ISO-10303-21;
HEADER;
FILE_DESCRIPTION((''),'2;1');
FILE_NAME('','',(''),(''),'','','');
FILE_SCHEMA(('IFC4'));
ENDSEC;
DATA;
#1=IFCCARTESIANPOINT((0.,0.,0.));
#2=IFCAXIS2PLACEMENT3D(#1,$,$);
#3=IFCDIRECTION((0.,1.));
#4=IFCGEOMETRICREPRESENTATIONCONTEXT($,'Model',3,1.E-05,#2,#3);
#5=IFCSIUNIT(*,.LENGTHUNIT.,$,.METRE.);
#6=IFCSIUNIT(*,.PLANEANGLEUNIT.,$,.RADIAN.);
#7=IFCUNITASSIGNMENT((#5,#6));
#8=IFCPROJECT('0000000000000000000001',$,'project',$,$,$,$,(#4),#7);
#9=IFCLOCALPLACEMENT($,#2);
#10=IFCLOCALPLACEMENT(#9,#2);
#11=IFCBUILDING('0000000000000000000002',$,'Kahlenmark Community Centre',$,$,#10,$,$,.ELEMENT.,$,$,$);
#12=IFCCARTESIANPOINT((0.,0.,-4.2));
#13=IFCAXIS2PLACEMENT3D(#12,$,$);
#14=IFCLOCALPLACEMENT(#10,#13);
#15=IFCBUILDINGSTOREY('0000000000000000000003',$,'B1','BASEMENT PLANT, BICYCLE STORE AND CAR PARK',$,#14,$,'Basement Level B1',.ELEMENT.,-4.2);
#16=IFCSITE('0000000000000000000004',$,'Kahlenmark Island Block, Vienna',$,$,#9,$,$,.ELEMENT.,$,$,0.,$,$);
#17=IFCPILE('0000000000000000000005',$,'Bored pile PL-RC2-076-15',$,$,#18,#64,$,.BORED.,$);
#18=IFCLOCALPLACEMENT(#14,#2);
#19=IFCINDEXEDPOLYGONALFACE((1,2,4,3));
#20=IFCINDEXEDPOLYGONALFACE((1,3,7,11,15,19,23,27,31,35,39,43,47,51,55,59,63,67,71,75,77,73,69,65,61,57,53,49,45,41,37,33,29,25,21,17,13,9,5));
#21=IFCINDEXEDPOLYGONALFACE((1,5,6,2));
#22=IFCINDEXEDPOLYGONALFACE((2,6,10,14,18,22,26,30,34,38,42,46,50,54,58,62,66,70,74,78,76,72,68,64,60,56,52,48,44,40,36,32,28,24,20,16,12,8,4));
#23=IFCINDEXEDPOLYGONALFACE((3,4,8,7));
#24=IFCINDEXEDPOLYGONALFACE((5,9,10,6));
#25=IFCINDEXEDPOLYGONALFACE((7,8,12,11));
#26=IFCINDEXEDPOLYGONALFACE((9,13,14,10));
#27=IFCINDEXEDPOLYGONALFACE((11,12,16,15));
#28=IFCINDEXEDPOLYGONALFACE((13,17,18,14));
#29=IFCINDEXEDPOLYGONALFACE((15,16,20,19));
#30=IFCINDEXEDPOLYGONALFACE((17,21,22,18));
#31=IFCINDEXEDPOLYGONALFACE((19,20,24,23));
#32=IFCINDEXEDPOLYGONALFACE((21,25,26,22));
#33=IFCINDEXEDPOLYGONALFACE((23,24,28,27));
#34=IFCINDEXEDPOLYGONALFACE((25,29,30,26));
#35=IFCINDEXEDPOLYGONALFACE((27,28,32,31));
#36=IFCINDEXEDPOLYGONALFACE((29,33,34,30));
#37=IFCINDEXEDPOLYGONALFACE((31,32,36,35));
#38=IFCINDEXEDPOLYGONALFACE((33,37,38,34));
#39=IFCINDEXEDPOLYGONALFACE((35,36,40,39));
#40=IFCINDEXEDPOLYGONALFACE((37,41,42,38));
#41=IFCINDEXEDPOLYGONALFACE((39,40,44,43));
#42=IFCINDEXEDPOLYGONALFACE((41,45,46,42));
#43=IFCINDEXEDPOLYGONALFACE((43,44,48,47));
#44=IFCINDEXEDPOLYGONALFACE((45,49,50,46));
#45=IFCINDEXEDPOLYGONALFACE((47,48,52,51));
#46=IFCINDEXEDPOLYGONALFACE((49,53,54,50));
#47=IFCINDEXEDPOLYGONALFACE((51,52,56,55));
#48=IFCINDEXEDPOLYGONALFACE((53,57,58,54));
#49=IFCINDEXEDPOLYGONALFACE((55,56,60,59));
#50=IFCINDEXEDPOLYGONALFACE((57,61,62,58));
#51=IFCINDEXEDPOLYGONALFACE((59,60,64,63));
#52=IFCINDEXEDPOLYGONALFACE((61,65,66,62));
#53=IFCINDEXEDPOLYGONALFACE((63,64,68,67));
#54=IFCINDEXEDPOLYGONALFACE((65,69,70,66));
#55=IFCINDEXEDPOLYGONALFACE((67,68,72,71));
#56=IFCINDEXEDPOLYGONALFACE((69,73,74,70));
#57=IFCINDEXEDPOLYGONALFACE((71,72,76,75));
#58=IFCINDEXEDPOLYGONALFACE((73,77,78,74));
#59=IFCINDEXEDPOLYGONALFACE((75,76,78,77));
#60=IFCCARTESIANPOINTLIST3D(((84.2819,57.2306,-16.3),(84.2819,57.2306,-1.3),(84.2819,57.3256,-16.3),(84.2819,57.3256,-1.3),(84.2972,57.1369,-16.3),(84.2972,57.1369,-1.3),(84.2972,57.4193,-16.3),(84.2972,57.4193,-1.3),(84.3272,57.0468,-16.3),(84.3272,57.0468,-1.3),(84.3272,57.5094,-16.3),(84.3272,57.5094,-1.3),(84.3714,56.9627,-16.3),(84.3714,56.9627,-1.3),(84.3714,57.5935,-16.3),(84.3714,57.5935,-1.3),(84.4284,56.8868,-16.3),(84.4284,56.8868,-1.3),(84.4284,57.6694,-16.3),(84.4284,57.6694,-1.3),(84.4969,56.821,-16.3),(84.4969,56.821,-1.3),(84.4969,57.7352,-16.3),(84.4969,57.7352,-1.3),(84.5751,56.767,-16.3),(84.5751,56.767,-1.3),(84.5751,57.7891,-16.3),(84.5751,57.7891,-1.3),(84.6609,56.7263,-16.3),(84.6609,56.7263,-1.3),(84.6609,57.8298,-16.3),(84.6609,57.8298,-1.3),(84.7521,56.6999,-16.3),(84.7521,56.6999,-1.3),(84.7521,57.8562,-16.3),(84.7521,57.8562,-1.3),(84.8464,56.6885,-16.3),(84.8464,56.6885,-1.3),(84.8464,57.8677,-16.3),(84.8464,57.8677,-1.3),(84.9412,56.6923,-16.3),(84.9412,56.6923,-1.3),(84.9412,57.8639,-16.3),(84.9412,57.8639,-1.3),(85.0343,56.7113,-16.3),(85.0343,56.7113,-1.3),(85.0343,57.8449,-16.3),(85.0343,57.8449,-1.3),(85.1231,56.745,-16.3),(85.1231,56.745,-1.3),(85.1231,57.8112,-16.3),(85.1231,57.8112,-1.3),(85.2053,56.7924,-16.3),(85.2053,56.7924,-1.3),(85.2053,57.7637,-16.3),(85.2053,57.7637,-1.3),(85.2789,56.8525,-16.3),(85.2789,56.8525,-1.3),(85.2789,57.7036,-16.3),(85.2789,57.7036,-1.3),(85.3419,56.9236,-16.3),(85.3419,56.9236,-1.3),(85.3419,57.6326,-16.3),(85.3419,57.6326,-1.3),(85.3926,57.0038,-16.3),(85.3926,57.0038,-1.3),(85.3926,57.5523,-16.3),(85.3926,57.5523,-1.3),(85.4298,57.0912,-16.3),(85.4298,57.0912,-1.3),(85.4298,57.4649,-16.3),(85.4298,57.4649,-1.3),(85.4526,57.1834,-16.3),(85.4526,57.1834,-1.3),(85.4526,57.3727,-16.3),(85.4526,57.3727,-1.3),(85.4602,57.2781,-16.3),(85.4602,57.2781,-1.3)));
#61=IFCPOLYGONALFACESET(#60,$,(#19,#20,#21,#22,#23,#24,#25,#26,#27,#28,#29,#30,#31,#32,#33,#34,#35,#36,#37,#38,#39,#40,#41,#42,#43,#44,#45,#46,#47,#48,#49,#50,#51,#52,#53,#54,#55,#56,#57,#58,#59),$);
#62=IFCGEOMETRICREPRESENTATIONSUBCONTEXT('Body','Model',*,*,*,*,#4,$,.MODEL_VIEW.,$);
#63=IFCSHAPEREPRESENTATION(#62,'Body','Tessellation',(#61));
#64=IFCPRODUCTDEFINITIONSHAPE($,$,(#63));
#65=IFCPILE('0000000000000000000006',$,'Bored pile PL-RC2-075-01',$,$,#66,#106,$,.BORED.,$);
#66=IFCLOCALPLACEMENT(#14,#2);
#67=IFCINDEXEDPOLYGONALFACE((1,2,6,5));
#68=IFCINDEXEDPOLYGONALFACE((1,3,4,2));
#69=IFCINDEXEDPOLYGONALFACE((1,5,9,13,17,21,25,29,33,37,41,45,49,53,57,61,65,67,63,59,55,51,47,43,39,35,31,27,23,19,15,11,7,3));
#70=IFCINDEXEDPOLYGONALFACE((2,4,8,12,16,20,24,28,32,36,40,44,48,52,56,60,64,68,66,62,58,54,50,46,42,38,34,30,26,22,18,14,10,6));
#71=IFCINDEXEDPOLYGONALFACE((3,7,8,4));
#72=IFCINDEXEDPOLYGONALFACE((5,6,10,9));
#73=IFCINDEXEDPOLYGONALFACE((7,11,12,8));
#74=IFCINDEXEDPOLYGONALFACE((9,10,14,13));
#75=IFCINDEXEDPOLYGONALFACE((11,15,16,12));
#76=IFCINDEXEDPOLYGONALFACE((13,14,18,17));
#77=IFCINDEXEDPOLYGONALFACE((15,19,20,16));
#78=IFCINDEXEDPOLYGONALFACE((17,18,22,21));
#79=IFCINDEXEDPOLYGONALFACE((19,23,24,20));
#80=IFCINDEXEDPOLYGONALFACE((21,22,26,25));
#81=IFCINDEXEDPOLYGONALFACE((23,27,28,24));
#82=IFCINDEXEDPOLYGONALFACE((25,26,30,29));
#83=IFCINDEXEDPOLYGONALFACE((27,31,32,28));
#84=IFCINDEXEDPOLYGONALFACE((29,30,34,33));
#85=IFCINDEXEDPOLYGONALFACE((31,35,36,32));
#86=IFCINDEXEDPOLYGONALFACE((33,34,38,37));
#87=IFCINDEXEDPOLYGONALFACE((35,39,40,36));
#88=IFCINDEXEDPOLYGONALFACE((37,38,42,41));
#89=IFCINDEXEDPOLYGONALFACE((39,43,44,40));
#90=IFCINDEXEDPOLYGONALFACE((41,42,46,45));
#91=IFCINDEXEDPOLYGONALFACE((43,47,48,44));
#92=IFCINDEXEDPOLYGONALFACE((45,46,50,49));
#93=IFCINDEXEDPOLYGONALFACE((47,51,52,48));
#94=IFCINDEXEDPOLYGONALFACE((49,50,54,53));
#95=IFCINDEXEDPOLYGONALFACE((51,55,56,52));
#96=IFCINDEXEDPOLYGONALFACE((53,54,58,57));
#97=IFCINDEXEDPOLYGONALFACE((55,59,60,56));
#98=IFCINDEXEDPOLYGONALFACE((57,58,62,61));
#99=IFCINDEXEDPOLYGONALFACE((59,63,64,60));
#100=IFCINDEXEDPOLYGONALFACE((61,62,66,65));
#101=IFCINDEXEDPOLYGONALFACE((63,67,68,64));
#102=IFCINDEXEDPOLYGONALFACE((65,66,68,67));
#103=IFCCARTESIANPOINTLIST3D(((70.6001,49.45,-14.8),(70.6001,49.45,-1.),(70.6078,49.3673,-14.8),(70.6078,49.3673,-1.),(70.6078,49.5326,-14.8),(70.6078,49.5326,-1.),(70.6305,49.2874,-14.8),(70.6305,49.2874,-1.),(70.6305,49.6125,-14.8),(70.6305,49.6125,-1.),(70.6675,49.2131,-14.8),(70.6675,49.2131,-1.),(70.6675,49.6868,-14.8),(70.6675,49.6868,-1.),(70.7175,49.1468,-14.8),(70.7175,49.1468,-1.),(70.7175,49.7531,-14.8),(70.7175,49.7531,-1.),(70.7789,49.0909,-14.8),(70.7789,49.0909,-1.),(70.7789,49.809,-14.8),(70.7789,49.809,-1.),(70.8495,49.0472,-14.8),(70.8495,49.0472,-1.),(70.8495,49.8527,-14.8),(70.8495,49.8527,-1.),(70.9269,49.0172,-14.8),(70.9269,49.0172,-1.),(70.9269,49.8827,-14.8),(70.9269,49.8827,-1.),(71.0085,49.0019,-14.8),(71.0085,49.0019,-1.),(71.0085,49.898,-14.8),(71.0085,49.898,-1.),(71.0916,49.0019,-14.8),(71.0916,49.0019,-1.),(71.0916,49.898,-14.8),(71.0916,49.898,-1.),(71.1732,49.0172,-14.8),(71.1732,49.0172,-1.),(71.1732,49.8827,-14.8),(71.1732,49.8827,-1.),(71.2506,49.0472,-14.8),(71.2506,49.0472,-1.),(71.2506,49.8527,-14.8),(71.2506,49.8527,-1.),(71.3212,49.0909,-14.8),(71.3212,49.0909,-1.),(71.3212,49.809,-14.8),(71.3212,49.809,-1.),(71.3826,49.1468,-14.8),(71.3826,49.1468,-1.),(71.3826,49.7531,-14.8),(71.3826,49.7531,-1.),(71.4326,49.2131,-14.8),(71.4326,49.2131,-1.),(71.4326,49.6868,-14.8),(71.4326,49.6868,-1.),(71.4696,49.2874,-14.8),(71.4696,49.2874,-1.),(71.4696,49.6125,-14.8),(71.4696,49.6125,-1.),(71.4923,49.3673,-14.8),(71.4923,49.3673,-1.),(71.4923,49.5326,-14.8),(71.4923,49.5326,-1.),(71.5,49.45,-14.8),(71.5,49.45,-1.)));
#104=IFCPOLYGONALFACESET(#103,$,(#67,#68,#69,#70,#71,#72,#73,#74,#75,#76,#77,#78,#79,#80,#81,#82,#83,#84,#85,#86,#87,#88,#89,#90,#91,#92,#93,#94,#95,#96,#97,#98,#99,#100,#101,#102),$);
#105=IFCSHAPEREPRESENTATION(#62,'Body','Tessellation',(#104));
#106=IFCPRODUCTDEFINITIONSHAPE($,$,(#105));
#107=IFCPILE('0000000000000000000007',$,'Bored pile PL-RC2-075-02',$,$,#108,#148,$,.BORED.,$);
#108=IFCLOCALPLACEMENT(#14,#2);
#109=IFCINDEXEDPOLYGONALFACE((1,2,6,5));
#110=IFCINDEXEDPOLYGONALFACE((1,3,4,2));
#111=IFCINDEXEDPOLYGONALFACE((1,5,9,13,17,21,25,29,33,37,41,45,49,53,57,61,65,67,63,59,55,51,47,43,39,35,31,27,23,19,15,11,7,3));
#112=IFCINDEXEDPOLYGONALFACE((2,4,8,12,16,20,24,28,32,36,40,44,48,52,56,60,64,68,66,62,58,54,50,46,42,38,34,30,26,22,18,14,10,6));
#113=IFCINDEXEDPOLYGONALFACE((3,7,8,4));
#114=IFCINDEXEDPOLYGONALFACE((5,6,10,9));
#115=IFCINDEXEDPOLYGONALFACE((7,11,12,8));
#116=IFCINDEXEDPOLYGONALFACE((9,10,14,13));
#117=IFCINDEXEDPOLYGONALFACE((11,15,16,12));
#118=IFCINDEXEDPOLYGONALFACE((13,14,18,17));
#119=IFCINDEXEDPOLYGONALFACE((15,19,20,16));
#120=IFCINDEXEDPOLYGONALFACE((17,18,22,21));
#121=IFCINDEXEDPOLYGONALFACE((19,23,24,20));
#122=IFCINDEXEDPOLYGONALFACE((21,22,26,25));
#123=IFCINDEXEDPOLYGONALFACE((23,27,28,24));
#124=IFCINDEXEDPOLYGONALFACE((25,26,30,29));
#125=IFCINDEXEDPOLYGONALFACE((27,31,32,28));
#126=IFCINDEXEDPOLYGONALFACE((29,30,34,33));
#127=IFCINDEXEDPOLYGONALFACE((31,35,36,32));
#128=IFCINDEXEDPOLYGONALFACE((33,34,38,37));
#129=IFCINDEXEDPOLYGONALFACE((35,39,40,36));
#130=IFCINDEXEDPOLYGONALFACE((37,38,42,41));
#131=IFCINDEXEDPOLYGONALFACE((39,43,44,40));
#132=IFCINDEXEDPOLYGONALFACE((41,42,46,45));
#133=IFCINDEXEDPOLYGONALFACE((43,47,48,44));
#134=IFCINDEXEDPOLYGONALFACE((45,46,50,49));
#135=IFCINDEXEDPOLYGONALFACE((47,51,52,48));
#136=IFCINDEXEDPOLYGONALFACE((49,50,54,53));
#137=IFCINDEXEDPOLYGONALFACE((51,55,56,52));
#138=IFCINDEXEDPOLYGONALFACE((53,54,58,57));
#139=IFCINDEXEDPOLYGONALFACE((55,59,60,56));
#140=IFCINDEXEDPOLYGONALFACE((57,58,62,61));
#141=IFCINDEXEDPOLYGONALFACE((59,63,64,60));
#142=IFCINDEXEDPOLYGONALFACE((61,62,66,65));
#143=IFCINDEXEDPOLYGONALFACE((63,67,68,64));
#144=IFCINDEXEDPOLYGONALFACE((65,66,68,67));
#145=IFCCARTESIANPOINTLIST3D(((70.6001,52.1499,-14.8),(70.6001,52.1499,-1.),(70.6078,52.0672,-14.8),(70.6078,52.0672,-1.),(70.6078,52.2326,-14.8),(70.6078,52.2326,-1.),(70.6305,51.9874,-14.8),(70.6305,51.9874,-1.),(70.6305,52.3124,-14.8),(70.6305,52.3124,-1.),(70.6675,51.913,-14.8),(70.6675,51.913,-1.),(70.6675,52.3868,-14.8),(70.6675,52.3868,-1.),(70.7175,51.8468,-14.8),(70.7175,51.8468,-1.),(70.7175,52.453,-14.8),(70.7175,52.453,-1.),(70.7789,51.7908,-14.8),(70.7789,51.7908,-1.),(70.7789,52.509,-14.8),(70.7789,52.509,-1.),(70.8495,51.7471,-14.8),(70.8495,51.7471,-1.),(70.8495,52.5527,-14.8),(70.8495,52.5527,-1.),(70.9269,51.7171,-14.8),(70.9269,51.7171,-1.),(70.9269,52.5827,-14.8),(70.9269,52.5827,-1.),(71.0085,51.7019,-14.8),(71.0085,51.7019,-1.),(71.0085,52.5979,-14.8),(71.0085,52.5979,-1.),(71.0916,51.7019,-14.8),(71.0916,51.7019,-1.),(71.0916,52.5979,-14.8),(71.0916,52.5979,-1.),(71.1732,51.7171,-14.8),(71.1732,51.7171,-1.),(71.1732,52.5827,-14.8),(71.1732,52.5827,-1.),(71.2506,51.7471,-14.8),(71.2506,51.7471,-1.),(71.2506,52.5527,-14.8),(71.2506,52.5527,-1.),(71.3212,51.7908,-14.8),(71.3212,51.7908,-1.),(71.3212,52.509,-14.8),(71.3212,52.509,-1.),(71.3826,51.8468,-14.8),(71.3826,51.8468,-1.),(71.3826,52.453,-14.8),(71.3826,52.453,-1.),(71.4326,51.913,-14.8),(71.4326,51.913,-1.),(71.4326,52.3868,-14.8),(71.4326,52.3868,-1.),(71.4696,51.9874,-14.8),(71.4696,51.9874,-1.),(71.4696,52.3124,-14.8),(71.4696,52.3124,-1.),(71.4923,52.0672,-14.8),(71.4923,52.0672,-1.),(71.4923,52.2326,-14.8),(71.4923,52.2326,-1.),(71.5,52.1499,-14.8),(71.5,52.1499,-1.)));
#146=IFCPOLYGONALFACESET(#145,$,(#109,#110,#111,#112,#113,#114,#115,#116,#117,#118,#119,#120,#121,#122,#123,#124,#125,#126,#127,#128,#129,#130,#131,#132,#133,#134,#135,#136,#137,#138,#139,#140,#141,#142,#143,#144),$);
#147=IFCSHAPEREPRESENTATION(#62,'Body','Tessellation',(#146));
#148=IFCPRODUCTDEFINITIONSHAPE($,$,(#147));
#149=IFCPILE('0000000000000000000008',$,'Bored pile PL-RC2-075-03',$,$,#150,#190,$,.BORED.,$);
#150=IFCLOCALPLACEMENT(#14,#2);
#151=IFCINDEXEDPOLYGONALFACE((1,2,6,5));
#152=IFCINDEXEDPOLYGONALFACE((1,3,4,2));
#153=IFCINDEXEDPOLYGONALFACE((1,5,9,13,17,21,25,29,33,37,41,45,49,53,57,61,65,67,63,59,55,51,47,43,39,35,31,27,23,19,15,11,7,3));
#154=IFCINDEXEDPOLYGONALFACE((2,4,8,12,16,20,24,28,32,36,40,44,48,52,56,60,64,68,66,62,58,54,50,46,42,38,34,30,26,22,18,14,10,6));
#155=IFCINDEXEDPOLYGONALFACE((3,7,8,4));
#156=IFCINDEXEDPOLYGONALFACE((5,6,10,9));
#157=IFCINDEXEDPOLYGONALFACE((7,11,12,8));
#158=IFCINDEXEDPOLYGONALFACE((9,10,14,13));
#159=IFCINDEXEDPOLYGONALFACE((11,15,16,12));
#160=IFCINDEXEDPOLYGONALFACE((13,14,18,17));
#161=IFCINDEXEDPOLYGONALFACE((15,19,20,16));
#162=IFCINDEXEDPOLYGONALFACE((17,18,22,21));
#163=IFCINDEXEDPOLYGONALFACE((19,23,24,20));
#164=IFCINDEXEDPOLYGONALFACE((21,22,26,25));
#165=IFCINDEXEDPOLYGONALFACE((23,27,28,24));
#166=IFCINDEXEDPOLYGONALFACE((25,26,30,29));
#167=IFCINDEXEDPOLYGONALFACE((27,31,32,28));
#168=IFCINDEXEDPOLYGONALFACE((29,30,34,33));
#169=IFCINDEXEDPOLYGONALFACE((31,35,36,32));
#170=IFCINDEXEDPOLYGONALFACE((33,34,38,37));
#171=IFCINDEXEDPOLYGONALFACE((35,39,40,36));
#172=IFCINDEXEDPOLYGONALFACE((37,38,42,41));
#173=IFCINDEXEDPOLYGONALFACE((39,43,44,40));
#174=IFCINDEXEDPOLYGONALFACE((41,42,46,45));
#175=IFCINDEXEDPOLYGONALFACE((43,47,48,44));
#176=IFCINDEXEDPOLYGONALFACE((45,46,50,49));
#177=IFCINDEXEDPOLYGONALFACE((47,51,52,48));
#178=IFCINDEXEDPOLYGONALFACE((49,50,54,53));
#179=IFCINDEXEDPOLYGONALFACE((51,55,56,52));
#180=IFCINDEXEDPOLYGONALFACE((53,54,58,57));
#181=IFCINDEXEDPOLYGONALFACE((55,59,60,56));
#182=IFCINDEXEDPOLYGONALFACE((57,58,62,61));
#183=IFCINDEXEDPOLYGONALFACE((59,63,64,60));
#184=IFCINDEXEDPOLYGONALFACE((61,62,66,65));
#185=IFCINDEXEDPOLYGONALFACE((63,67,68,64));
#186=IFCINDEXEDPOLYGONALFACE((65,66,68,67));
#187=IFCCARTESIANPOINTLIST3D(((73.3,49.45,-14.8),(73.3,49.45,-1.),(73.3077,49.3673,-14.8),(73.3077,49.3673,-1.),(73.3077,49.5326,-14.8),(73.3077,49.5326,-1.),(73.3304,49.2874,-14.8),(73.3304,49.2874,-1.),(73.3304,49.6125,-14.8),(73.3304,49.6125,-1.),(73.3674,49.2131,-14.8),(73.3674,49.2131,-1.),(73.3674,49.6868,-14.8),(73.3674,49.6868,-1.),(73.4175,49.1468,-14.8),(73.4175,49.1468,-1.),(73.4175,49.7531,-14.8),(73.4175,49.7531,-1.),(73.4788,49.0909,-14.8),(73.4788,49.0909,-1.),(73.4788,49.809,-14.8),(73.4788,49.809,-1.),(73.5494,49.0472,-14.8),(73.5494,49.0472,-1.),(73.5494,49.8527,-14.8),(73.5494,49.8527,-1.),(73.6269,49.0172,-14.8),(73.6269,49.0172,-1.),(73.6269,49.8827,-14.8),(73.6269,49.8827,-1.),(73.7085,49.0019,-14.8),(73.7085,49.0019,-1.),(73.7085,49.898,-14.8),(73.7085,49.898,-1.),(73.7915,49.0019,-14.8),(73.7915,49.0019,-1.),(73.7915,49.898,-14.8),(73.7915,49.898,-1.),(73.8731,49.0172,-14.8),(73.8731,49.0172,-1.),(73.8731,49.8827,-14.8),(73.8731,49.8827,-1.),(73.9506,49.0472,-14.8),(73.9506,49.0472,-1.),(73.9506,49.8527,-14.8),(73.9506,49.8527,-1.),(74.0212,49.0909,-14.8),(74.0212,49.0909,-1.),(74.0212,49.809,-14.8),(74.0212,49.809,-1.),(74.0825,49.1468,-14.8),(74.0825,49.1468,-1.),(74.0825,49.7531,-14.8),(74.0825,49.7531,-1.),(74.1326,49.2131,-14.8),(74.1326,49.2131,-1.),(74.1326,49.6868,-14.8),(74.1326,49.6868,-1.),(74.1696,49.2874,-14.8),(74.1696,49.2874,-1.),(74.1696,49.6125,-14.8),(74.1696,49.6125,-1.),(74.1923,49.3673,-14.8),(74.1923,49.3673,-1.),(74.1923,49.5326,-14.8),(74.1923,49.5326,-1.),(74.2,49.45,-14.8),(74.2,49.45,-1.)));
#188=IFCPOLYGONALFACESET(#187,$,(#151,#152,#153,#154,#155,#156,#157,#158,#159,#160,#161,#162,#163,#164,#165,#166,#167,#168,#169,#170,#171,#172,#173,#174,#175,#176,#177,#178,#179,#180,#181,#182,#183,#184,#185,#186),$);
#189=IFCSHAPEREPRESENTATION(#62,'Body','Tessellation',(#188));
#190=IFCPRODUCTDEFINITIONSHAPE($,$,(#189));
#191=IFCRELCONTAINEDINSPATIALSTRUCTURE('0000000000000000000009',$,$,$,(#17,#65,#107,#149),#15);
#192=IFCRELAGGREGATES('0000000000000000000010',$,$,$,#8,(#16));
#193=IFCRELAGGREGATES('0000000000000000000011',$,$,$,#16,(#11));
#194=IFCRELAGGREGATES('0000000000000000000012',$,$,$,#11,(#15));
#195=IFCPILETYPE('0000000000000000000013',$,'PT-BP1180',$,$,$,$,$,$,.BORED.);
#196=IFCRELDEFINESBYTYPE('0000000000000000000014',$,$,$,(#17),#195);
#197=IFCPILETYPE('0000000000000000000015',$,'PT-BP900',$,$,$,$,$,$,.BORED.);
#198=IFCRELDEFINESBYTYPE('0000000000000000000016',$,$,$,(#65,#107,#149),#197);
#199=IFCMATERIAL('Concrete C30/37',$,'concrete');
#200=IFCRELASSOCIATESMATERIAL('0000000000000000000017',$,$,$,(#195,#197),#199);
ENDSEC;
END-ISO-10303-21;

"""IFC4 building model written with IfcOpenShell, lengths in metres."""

from ifc_helpers import new_model, si_unit, direction, frame, origin, origin_2d, place, context, subcontext, project, spatial, circle, extrude, material, material_profile, profile_set, type_object, element, save


model = new_model("IFC4")

# Units and contexts
model_context = context("Model", 3, precision=1e-05, world=origin(), true_north=direction((0.0, 1.0)))
body_context = subcontext(model_context, "Body", "Model", "MODEL_VIEW")
ifc_project = project(units=[si_unit("LENGTHUNIT", "METRE"), si_unit("PLANEANGLEUNIT", "RADIAN")], contexts=[model_context])

# Site, building, storey
site_placement = place(None, origin())
site = spatial("IfcSite", under=ifc_project, at=site_placement, Name="Kahlenmark Island Block, Vienna", CompositionType="ELEMENT", RefElevation=0.0)
building_placement = place(site_placement, origin())
building = spatial("IfcBuilding", under=site, at=building_placement, Name="Kahlenmark Community Centre", CompositionType="ELEMENT")
storey_placement = place(building_placement, frame((0.0, 0.0, -4.2)))
storey = spatial("IfcBuildingStorey", under=building, at=storey_placement, Name="B1", Description="BASEMENT PLANT, BICYCLE STORE AND CAR PARK", LongName="Basement Level B1", CompositionType="ELEMENT", Elevation=-4.2)

# Shared definitions
ifc_material_1 = material(Name="Concrete C30/37", Category="concrete")

# Piles
ifc_material_profile_1 = material_profile(ifc_material_1, circle(Radius=0.5901, at=origin_2d()), Name="BORED PILE 1180")
ifc_profile_set_1 = profile_set([ifc_material_profile_1], Name="Concrete C30/37")
pile_type_1 = type_object("IfcPileType", Name="PT-BP1180", PredefinedType="BORED", material=ifc_profile_set_1)
for number, where, z_axis, x_axis, name in (
    (1, (84.8701, 57.2781, -1.3), (0.0, 0.0, -1.0), (1.0, 0.0, 0.0), "Bored pile PL-RC2-076-15"),
):
    element("IfcPile", number, at=place(storey_placement, frame(where, z_axis=z_axis, x_axis=x_axis)), inside=storey, type_object=pile_type_1, Name=name, PredefinedType="BORED", context=body_context, shape_type="SweptSolid", body=[
        extrude(circle(Radius=0.5901, at=origin_2d()), origin(), (0.0, 0.0, 1.0), 15.0),
    ])
ifc_material_profile_2 = material_profile(ifc_material_1, circle(Radius=0.45, at=origin_2d()), Name="BORED PILE 900")
ifc_profile_set_2 = profile_set([ifc_material_profile_2], Name="Concrete C30/37")
pile_type_2 = type_object("IfcPileType", Name="PT-BP900", PredefinedType="BORED", material=ifc_profile_set_2)
for number, where, z_axis, x_axis, name in (
    (2, (71.05, 49.45, -1.0), (0.0, 0.0, -1.0), (1.0, 0.0, 0.0), "Bored pile PL-RC2-075-01"),
    (3, (71.05, 52.1499, -1.0), (0.0, 0.0, -1.0), (1.0, 0.0, 0.0), "Bored pile PL-RC2-075-02"),
    (4, (73.75, 49.45, -1.0), (0.0, 0.0, -1.0), (1.0, 0.0, 0.0), "Bored pile PL-RC2-075-03"),
):
    element("IfcPile", number, at=place(storey_placement, frame(where, z_axis=z_axis, x_axis=x_axis)), inside=storey, type_object=pile_type_2, Name=name, PredefinedType="BORED", context=body_context, shape_type="SweptSolid", body=[
        extrude(circle(Radius=0.45, at=origin_2d()), origin(), (0.0, 0.0, 1.0), 13.8),
    ])

save(model, "model.ifc")
